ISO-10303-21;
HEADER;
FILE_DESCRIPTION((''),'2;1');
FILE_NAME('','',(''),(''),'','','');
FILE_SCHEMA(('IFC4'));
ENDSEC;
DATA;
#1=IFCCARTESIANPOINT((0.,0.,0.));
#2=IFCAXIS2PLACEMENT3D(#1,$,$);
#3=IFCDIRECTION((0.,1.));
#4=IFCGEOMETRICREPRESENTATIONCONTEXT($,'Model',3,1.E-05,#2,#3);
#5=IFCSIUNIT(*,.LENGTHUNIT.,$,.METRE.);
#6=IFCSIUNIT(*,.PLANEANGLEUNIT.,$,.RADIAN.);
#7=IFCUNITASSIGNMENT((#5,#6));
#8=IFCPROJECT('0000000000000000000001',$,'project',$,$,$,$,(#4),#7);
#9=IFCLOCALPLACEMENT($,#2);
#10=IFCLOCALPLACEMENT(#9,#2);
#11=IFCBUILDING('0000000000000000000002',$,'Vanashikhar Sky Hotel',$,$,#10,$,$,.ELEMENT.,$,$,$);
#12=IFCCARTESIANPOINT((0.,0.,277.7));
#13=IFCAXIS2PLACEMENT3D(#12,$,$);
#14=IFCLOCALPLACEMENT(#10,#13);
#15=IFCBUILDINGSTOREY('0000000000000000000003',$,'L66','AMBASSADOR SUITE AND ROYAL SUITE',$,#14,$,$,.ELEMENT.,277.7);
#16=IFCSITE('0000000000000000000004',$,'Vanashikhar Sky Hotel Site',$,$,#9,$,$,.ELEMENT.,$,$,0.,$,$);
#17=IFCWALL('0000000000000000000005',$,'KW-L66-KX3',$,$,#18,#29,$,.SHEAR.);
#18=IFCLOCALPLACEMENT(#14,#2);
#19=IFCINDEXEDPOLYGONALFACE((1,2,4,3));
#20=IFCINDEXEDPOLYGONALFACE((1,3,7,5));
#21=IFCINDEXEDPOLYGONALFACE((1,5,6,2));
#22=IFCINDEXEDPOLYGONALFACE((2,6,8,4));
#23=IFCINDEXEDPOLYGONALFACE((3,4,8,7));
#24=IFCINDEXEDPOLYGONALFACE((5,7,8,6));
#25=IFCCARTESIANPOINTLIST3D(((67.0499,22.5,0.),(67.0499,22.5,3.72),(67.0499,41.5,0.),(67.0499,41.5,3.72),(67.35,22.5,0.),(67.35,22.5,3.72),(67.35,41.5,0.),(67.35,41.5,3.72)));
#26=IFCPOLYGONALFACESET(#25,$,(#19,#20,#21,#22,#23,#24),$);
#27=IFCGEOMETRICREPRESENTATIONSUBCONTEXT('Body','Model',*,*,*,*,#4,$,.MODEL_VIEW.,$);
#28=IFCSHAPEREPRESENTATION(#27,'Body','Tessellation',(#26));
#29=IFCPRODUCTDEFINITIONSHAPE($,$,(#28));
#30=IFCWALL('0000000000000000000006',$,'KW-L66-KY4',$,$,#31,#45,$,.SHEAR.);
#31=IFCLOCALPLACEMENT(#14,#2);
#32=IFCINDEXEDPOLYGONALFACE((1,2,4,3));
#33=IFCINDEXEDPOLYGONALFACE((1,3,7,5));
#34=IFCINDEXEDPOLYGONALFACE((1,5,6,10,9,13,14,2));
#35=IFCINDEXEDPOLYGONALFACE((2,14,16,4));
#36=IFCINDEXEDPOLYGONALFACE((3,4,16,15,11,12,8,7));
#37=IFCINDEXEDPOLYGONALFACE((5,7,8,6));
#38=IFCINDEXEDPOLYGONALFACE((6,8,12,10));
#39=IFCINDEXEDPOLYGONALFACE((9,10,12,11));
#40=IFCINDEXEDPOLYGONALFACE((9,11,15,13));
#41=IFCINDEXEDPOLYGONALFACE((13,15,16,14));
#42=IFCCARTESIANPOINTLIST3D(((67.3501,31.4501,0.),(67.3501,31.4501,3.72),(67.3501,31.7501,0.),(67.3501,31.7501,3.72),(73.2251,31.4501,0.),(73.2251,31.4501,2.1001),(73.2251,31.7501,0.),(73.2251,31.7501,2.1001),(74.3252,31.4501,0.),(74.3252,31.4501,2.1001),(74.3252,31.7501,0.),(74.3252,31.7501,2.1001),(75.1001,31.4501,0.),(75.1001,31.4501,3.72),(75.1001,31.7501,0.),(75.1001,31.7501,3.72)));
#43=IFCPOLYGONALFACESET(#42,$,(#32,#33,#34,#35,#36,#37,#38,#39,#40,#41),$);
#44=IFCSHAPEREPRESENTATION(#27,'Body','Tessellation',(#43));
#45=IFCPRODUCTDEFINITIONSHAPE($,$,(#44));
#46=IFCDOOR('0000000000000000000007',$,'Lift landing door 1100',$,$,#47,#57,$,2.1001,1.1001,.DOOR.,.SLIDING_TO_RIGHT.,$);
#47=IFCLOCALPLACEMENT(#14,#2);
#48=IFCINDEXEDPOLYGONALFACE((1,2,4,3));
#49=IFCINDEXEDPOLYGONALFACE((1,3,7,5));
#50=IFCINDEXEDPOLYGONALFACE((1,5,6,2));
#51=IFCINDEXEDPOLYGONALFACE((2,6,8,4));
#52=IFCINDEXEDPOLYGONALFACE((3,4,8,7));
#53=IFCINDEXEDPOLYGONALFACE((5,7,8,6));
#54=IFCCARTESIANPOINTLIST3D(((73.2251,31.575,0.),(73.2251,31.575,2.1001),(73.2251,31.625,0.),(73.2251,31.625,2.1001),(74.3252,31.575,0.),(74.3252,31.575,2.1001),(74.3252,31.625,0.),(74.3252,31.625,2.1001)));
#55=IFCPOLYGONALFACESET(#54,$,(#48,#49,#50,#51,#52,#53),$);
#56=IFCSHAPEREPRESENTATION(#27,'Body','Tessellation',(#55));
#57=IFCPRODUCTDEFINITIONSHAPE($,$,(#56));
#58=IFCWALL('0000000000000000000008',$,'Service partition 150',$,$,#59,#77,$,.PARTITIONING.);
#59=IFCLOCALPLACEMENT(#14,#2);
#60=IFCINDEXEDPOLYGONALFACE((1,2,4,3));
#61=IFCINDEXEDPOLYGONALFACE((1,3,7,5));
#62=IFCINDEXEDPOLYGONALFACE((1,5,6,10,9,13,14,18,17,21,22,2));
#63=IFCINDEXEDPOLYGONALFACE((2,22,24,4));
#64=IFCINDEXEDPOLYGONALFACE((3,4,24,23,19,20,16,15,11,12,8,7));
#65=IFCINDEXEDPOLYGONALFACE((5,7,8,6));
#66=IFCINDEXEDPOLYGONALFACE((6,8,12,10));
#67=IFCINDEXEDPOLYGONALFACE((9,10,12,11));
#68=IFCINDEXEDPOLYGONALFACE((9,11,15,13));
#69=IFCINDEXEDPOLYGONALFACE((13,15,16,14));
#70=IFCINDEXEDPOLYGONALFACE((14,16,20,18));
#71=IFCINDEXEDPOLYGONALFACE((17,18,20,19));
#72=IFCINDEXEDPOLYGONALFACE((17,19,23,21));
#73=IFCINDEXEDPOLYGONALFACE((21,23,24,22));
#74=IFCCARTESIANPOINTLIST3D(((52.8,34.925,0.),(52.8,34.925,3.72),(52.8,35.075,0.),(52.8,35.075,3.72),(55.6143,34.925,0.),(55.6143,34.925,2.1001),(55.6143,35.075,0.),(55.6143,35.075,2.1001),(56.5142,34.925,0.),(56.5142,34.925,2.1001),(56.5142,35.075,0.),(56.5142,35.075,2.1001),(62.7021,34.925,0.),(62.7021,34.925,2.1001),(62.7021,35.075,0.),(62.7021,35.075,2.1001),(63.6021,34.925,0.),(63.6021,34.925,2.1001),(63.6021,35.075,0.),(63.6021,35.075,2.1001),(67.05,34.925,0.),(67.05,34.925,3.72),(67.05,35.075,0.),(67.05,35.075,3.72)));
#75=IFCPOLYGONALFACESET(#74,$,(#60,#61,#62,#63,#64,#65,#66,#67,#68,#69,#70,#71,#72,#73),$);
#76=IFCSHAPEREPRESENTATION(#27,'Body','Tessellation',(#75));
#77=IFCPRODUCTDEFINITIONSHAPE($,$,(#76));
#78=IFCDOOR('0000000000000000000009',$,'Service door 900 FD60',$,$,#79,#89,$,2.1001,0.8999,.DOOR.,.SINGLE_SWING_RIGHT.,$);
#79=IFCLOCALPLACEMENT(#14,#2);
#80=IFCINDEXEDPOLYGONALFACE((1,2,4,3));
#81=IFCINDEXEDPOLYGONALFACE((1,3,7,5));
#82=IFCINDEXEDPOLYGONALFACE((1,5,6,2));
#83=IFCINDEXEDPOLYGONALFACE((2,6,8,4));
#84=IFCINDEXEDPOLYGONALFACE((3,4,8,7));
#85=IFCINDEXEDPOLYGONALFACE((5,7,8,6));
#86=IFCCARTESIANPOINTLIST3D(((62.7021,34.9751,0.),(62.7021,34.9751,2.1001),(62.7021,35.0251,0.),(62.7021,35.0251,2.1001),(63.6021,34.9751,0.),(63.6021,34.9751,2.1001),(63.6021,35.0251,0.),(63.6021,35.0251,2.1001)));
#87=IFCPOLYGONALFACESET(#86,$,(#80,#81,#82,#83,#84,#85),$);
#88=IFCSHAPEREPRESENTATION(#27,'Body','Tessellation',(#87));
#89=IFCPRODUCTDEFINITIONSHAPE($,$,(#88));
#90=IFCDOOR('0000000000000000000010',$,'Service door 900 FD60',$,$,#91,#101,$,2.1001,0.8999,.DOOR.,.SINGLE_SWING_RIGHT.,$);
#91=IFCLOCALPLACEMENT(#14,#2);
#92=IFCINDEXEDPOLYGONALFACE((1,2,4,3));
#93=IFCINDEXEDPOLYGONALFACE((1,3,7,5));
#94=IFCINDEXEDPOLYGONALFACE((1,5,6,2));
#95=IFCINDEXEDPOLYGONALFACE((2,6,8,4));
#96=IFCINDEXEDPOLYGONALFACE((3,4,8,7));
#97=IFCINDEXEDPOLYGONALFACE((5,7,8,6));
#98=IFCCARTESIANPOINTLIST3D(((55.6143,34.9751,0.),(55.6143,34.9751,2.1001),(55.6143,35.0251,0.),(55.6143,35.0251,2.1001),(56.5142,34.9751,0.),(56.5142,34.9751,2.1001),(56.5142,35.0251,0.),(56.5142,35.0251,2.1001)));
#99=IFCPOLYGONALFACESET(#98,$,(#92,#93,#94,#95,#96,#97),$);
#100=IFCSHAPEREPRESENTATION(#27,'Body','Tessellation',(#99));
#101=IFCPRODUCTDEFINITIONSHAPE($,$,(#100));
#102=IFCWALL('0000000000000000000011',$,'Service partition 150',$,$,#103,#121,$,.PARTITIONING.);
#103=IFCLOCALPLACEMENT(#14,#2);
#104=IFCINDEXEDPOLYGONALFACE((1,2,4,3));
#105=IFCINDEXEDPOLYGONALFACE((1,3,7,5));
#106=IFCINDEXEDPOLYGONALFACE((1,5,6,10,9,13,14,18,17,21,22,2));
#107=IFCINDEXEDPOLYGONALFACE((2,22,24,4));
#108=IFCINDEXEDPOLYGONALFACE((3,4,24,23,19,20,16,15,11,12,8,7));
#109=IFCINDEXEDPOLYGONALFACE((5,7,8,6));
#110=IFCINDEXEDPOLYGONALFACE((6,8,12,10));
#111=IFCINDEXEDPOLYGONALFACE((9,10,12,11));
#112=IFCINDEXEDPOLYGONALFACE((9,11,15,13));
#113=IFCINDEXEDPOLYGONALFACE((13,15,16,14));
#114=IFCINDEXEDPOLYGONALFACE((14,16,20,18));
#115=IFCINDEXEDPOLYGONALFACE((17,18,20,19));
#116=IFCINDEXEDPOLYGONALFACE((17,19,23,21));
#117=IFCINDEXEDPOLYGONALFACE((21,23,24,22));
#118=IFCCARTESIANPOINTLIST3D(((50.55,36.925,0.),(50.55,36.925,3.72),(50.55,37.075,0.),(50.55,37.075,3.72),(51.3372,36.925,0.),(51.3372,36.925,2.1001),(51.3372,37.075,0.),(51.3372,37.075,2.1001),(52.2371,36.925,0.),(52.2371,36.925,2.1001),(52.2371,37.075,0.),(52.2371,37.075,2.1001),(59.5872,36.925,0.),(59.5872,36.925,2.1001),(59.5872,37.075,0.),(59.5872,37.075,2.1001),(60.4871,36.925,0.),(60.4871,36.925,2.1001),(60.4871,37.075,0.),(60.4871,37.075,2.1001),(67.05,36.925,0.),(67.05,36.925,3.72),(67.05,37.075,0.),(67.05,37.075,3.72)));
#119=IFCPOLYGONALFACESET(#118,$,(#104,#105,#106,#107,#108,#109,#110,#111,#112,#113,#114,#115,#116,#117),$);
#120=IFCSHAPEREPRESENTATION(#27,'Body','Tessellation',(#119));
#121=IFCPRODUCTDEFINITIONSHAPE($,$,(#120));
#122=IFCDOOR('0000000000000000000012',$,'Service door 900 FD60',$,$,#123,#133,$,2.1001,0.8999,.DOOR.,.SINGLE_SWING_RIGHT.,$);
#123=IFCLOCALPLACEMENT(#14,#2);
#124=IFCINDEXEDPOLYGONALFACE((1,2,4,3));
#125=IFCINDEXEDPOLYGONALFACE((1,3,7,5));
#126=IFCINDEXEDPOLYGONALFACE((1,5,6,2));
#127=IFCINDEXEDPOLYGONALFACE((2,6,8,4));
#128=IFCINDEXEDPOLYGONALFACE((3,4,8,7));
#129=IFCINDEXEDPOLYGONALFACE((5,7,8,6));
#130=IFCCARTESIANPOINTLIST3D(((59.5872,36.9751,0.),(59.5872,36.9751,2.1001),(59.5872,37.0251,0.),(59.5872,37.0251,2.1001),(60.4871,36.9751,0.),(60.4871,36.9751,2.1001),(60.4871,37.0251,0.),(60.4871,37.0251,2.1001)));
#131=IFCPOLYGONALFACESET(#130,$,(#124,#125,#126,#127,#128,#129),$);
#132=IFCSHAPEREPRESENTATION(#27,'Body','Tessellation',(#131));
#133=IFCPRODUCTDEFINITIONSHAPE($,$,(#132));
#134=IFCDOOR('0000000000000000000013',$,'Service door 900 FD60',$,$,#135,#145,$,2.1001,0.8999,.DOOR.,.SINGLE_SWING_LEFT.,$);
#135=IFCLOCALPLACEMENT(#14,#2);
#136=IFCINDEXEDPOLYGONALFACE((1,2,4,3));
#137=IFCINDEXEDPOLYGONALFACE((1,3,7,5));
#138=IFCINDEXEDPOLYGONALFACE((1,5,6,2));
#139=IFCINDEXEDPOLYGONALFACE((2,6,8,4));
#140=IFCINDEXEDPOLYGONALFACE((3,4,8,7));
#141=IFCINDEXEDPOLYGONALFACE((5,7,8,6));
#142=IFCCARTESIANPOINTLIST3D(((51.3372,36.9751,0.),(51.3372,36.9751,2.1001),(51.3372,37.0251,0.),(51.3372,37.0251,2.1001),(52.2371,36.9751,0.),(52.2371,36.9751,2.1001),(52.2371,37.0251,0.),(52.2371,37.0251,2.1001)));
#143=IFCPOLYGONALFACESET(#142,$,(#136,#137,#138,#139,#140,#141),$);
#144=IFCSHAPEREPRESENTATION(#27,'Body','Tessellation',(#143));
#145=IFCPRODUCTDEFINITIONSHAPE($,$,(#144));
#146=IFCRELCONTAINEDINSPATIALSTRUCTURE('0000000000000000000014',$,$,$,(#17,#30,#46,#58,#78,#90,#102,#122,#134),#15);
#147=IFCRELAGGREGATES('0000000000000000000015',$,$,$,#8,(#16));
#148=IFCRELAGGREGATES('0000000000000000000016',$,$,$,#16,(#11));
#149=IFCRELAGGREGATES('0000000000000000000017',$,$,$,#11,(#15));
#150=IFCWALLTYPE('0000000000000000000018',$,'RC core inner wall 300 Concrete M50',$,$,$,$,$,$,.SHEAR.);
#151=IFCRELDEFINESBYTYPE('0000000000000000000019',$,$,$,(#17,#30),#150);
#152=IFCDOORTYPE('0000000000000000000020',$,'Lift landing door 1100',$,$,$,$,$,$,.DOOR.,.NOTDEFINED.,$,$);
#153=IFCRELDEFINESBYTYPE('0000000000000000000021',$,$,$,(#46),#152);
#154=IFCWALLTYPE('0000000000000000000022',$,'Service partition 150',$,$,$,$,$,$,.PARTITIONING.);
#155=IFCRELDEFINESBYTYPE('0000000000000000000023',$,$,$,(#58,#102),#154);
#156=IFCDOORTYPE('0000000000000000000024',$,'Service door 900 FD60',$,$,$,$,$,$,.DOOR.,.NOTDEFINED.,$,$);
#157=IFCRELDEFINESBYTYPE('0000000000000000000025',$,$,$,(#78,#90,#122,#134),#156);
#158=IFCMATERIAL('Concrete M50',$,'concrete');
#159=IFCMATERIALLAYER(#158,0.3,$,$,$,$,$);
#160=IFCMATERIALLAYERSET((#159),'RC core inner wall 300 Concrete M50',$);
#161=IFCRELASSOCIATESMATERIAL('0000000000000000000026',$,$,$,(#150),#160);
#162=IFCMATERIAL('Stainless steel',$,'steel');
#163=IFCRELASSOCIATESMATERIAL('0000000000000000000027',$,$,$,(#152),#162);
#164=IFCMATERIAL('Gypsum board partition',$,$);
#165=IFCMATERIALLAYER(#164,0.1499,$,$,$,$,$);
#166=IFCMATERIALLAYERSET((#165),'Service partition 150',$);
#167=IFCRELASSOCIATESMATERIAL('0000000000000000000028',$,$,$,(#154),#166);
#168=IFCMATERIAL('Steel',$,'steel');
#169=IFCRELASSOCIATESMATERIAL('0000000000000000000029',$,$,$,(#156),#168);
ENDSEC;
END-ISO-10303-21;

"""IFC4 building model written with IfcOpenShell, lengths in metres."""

from ifc_helpers import new_model, si_unit, direction, frame, frame_2d, origin, place, context, subcontext, project, spatial, rectangle, extrude, source, transform, mapped, material, layer, layer_set, type_object, element, fill, save


model = new_model("IFC4")

# Units and contexts
model_context = context("Model", 3, precision=1e-05, world=origin(), true_north=direction((0.0, 1.0)))
body_context = subcontext(model_context, "Body", "Model", "MODEL_VIEW")
ifc_project = project(units=[si_unit("LENGTHUNIT", "METRE"), si_unit("PLANEANGLEUNIT", "RADIAN")], contexts=[model_context])

# Site, building, storey
site_placement = place(None, origin())
site = spatial("IfcSite", under=ifc_project, at=site_placement, Name="Vanashikhar Sky Hotel Site", CompositionType="ELEMENT", RefElevation=0.0)
building_placement = place(site_placement, origin())
building = spatial("IfcBuilding", under=site, at=building_placement, Name="Vanashikhar Sky Hotel", CompositionType="ELEMENT")
storey_placement = place(building_placement, frame((0.0, 0.0, 277.7)))
storey = spatial("IfcBuildingStorey", under=building, at=storey_placement, Name="L66", Description="AMBASSADOR SUITE AND ROYAL SUITE", CompositionType="ELEMENT", Elevation=277.7)

# Wall
ifc_material_1 = material(Name="Concrete M50", Category="concrete")
ifc_layer_1 = layer(ifc_material_1, 0.3)
ifc_layer_set_1 = layer_set([ifc_layer_1], Name="RC core inner wall 300 Concrete M50")
wall_type_1 = type_object("IfcWallType", Name="RC core inner wall 300 Concrete M50", PredefinedType="SHEAR", material=ifc_layer_set_1)
shared_shape_1 = source(origin(), body_context, "Body", "SweptSolid", [
    extrude(rectangle(XDim=19.0, YDim=0.3, at=frame_2d((9.5, 0.0))), origin(), (0.0, 0.0, 1.0), 3.72),
])
wall_1_placement = place(storey_placement, frame((67.2, 22.5, 0.0), z_axis=(0.0, 0.0, 1.0), x_axis=(0.0, 1.0, 0.0)))
element("IfcWall", 1, at=wall_1_placement, inside=storey, type_object=wall_type_1, Name="KW-L66-KX3", PredefinedType="SHEAR", context=body_context, shape_type="MappedRepresentation", body=[
    mapped(shared_shape_1, transform((0.0, 0.0, 0.0), scale=1.0)),
])

# Wall, opening, door
shared_shape_2 = source(origin(), body_context, "Body", "SweptSolid", [
    extrude(rectangle(XDim=7.75, YDim=0.3, at=frame_2d((3.875, 0.0))), origin(), (0.0, 0.0, 1.0), 3.72),
])
wall_2_placement = place(storey_placement, frame((67.3501, 31.6001, 0.0), z_axis=(0.0, 0.0, 1.0), x_axis=(1.0, 0.0, 0.0)))
wall_2 = element("IfcWall", 2, at=wall_2_placement, inside=storey, type_object=wall_type_1, Name="KW-L66-KY4", PredefinedType="SHEAR", context=body_context, shape_type="MappedRepresentation", body=[
    mapped(shared_shape_2, transform((0.0, 0.0, 0.0), scale=1.0)),
])
shared_shape_3 = source(origin(), body_context, "Body", "SweptSolid", [
    extrude(rectangle(XDim=1.1001, YDim=2.1001, at=frame_2d((0.55, 1.05))), frame((0.0, 0.1602, 0.0), z_axis=(0.0, -1.0, 0.0), x_axis=(1.0, 0.0, 0.0)), (0.0, 0.0, 1.0), 0.3201),
])
opening_1_placement = place(wall_2_placement, frame((5.875, 0.0, 0.0)))
opening_1 = element("IfcOpeningElement", 3, at=opening_1_placement, cuts=wall_2, PredefinedType="OPENING", context=body_context, shape_type="MappedRepresentation", body=[
    mapped(shared_shape_3, transform((0.0, 0.0, 0.0), scale=1.0)),
])
ifc_material_2 = material(Name="Stainless steel", Category="steel")
door_type_1 = type_object("IfcDoorType", Name="Lift landing door 1100", OperationType="NOTDEFINED", PredefinedType="DOOR", material=ifc_material_2)
shared_shape_4 = source(origin(), body_context, "Body", "SweptSolid", [
    extrude(rectangle(XDim=1.1001, YDim=2.1001, at=frame_2d((0.55, 1.05))), frame((0.0, 0.0249, 0.0), z_axis=(0.0, -1.0, 0.0), x_axis=(1.0, 0.0, 0.0)), (0.0, 0.0, 1.0), 0.05),
])
door_1_placement = place(opening_1_placement, origin())
door_1 = element("IfcDoor", 4, at=door_1_placement, inside=storey, type_object=door_type_1, Name="Lift landing door 1100", OperationType="SLIDING_TO_RIGHT", OverallHeight=2.1001, OverallWidth=1.1001, PredefinedType="DOOR", context=body_context, shape_type="MappedRepresentation", body=[
    mapped(shared_shape_4, transform((0.0, 0.0, 0.0), scale=1.0)),
])
fill(opening_1, door_1)

# Walls, openings, doors
ifc_material_3 = material(Name="Gypsum board partition")
ifc_layer_2 = layer(ifc_material_3, 0.1499)
ifc_layer_set_2 = layer_set([ifc_layer_2], Name="Service partition 150")
wall_type_2 = type_object("IfcWallType", Name="Service partition 150", PredefinedType="PARTITIONING", material=ifc_layer_set_2)
shared_shape_5 = source(origin(), body_context, "Body", "SweptSolid", [
    extrude(rectangle(XDim=14.25, YDim=0.1499, at=frame_2d((7.125, 0.0))), origin(), (0.0, 0.0, 1.0), 3.72),
])
wall_3_placement = place(storey_placement, frame((67.05, 35.0, 0.0), z_axis=(0.0, 0.0, 1.0), x_axis=(-1.0, 0.0, 0.0)))
wall_3 = element("IfcWall", 5, at=wall_3_placement, inside=storey, type_object=wall_type_2, Name="Service partition 150", PredefinedType="PARTITIONING", context=body_context, shape_type="MappedRepresentation", body=[
    mapped(shared_shape_5, transform((0.0, 0.0, 0.0), scale=1.0)),
])
shared_shape_6 = source(origin(), body_context, "Body", "SweptSolid", [
    extrude(rectangle(XDim=0.8999, YDim=2.1001, at=frame_2d((0.45, 1.05))), frame((0.0, 0.085, 0.0), z_axis=(0.0, -1.0, 0.0), x_axis=(1.0, 0.0, 0.0)), (0.0, 0.0, 1.0), 0.1699),
])
opening_2_placement = place(wall_3_placement, frame((3.448, 0.0, 0.0)))
opening_2 = element("IfcOpeningElement", 6, at=opening_2_placement, cuts=wall_3, PredefinedType="OPENING", context=body_context, shape_type="MappedRepresentation", body=[
    mapped(shared_shape_6, transform((0.0, 0.0, 0.0), scale=1.0)),
])
opening_3_placement = place(wall_3_placement, frame((10.5359, 0.0, 0.0)))
opening_3 = element("IfcOpeningElement", 7, at=opening_3_placement, cuts=wall_3, PredefinedType="OPENING", context=body_context, shape_type="MappedRepresentation", body=[
    mapped(shared_shape_6, transform((0.0, 0.0, 0.0), scale=1.0)),
])
ifc_material_4 = material(Name="Steel", Category="steel")
door_type_2 = type_object("IfcDoorType", Name="Service door 900 FD60", OperationType="NOTDEFINED", PredefinedType="DOOR", material=ifc_material_4)
shared_shape_7 = source(origin(), body_context, "Body", "SweptSolid", [
    extrude(rectangle(XDim=0.8999, YDim=2.1001, at=frame_2d((0.45, 1.05))), frame((0.0, 0.0249, 0.0), z_axis=(0.0, -1.0, 0.0), x_axis=(1.0, 0.0, 0.0)), (0.0, 0.0, 1.0), 0.05),
])
door_2_placement = place(opening_2_placement, origin())
door_2 = element("IfcDoor", 8, at=door_2_placement, inside=storey, type_object=door_type_2, Name="Service door 900 FD60", OperationType="SINGLE_SWING_RIGHT", OverallHeight=2.1001, OverallWidth=0.8999, PredefinedType="DOOR", context=body_context, shape_type="MappedRepresentation", body=[
    mapped(shared_shape_7, transform((0.0, 0.0, 0.0), scale=1.0)),
])
fill(opening_2, door_2)
door_3_placement = place(opening_3_placement, origin())
door_3 = element("IfcDoor", 9, at=door_3_placement, inside=storey, type_object=door_type_2, Name="Service door 900 FD60", OperationType="SINGLE_SWING_RIGHT", OverallHeight=2.1001, OverallWidth=0.8999, PredefinedType="DOOR", context=body_context, shape_type="MappedRepresentation", body=[
    mapped(shared_shape_7, transform((0.0, 0.0, 0.0), scale=1.0)),
])
fill(opening_3, door_3)
shared_shape_8 = source(origin(), body_context, "Body", "SweptSolid", [
    extrude(rectangle(XDim=16.5, YDim=0.1499, at=frame_2d((8.25, 0.0))), origin(), (0.0, 0.0, 1.0), 3.72),
])
wall_4_placement = place(storey_placement, frame((67.05, 37.0, 0.0), z_axis=(0.0, 0.0, 1.0), x_axis=(-1.0, 0.0, 0.0)))
wall_4 = element("IfcWall", 10, at=wall_4_placement, inside=storey, type_object=wall_type_2, Name="Service partition 150", PredefinedType="PARTITIONING", context=body_context, shape_type="MappedRepresentation", body=[
    mapped(shared_shape_8, transform((0.0, 0.0, 0.0), scale=1.0)),
])
opening_4_placement = place(wall_4_placement, frame((6.563, 0.0, 0.0)))
opening_4 = element("IfcOpeningElement", 11, at=opening_4_placement, cuts=wall_4, PredefinedType="OPENING", context=body_context, shape_type="MappedRepresentation", body=[
    mapped(shared_shape_6, transform((0.0, 0.0, 0.0), scale=1.0)),
])
opening_5_placement = place(wall_4_placement, frame((14.813, 0.0, 0.0)))
opening_5 = element("IfcOpeningElement", 12, at=opening_5_placement, cuts=wall_4, PredefinedType="OPENING", context=body_context, shape_type="MappedRepresentation", body=[
    mapped(shared_shape_6, transform((0.0, 0.0, 0.0), scale=1.0)),
])
door_4_placement = place(opening_4_placement, origin())
door_4 = element("IfcDoor", 13, at=door_4_placement, inside=storey, type_object=door_type_2, Name="Service door 900 FD60", OperationType="SINGLE_SWING_RIGHT", OverallHeight=2.1001, OverallWidth=0.8999, PredefinedType="DOOR", context=body_context, shape_type="MappedRepresentation", body=[
    mapped(shared_shape_7, transform((0.0, 0.0, 0.0), scale=1.0)),
])
fill(opening_4, door_4)
door_5_placement = place(opening_5_placement, origin())
door_5 = element("IfcDoor", 14, at=door_5_placement, inside=storey, type_object=door_type_2, Name="Service door 900 FD60", OperationType="SINGLE_SWING_LEFT", OverallHeight=2.1001, OverallWidth=0.8999, PredefinedType="DOOR", context=body_context, shape_type="MappedRepresentation", body=[
    mapped(shared_shape_7, transform((0.0, 0.0, 0.0), scale=1.0)),
])
fill(opening_5, door_5)

save(model, "model.ifc")
